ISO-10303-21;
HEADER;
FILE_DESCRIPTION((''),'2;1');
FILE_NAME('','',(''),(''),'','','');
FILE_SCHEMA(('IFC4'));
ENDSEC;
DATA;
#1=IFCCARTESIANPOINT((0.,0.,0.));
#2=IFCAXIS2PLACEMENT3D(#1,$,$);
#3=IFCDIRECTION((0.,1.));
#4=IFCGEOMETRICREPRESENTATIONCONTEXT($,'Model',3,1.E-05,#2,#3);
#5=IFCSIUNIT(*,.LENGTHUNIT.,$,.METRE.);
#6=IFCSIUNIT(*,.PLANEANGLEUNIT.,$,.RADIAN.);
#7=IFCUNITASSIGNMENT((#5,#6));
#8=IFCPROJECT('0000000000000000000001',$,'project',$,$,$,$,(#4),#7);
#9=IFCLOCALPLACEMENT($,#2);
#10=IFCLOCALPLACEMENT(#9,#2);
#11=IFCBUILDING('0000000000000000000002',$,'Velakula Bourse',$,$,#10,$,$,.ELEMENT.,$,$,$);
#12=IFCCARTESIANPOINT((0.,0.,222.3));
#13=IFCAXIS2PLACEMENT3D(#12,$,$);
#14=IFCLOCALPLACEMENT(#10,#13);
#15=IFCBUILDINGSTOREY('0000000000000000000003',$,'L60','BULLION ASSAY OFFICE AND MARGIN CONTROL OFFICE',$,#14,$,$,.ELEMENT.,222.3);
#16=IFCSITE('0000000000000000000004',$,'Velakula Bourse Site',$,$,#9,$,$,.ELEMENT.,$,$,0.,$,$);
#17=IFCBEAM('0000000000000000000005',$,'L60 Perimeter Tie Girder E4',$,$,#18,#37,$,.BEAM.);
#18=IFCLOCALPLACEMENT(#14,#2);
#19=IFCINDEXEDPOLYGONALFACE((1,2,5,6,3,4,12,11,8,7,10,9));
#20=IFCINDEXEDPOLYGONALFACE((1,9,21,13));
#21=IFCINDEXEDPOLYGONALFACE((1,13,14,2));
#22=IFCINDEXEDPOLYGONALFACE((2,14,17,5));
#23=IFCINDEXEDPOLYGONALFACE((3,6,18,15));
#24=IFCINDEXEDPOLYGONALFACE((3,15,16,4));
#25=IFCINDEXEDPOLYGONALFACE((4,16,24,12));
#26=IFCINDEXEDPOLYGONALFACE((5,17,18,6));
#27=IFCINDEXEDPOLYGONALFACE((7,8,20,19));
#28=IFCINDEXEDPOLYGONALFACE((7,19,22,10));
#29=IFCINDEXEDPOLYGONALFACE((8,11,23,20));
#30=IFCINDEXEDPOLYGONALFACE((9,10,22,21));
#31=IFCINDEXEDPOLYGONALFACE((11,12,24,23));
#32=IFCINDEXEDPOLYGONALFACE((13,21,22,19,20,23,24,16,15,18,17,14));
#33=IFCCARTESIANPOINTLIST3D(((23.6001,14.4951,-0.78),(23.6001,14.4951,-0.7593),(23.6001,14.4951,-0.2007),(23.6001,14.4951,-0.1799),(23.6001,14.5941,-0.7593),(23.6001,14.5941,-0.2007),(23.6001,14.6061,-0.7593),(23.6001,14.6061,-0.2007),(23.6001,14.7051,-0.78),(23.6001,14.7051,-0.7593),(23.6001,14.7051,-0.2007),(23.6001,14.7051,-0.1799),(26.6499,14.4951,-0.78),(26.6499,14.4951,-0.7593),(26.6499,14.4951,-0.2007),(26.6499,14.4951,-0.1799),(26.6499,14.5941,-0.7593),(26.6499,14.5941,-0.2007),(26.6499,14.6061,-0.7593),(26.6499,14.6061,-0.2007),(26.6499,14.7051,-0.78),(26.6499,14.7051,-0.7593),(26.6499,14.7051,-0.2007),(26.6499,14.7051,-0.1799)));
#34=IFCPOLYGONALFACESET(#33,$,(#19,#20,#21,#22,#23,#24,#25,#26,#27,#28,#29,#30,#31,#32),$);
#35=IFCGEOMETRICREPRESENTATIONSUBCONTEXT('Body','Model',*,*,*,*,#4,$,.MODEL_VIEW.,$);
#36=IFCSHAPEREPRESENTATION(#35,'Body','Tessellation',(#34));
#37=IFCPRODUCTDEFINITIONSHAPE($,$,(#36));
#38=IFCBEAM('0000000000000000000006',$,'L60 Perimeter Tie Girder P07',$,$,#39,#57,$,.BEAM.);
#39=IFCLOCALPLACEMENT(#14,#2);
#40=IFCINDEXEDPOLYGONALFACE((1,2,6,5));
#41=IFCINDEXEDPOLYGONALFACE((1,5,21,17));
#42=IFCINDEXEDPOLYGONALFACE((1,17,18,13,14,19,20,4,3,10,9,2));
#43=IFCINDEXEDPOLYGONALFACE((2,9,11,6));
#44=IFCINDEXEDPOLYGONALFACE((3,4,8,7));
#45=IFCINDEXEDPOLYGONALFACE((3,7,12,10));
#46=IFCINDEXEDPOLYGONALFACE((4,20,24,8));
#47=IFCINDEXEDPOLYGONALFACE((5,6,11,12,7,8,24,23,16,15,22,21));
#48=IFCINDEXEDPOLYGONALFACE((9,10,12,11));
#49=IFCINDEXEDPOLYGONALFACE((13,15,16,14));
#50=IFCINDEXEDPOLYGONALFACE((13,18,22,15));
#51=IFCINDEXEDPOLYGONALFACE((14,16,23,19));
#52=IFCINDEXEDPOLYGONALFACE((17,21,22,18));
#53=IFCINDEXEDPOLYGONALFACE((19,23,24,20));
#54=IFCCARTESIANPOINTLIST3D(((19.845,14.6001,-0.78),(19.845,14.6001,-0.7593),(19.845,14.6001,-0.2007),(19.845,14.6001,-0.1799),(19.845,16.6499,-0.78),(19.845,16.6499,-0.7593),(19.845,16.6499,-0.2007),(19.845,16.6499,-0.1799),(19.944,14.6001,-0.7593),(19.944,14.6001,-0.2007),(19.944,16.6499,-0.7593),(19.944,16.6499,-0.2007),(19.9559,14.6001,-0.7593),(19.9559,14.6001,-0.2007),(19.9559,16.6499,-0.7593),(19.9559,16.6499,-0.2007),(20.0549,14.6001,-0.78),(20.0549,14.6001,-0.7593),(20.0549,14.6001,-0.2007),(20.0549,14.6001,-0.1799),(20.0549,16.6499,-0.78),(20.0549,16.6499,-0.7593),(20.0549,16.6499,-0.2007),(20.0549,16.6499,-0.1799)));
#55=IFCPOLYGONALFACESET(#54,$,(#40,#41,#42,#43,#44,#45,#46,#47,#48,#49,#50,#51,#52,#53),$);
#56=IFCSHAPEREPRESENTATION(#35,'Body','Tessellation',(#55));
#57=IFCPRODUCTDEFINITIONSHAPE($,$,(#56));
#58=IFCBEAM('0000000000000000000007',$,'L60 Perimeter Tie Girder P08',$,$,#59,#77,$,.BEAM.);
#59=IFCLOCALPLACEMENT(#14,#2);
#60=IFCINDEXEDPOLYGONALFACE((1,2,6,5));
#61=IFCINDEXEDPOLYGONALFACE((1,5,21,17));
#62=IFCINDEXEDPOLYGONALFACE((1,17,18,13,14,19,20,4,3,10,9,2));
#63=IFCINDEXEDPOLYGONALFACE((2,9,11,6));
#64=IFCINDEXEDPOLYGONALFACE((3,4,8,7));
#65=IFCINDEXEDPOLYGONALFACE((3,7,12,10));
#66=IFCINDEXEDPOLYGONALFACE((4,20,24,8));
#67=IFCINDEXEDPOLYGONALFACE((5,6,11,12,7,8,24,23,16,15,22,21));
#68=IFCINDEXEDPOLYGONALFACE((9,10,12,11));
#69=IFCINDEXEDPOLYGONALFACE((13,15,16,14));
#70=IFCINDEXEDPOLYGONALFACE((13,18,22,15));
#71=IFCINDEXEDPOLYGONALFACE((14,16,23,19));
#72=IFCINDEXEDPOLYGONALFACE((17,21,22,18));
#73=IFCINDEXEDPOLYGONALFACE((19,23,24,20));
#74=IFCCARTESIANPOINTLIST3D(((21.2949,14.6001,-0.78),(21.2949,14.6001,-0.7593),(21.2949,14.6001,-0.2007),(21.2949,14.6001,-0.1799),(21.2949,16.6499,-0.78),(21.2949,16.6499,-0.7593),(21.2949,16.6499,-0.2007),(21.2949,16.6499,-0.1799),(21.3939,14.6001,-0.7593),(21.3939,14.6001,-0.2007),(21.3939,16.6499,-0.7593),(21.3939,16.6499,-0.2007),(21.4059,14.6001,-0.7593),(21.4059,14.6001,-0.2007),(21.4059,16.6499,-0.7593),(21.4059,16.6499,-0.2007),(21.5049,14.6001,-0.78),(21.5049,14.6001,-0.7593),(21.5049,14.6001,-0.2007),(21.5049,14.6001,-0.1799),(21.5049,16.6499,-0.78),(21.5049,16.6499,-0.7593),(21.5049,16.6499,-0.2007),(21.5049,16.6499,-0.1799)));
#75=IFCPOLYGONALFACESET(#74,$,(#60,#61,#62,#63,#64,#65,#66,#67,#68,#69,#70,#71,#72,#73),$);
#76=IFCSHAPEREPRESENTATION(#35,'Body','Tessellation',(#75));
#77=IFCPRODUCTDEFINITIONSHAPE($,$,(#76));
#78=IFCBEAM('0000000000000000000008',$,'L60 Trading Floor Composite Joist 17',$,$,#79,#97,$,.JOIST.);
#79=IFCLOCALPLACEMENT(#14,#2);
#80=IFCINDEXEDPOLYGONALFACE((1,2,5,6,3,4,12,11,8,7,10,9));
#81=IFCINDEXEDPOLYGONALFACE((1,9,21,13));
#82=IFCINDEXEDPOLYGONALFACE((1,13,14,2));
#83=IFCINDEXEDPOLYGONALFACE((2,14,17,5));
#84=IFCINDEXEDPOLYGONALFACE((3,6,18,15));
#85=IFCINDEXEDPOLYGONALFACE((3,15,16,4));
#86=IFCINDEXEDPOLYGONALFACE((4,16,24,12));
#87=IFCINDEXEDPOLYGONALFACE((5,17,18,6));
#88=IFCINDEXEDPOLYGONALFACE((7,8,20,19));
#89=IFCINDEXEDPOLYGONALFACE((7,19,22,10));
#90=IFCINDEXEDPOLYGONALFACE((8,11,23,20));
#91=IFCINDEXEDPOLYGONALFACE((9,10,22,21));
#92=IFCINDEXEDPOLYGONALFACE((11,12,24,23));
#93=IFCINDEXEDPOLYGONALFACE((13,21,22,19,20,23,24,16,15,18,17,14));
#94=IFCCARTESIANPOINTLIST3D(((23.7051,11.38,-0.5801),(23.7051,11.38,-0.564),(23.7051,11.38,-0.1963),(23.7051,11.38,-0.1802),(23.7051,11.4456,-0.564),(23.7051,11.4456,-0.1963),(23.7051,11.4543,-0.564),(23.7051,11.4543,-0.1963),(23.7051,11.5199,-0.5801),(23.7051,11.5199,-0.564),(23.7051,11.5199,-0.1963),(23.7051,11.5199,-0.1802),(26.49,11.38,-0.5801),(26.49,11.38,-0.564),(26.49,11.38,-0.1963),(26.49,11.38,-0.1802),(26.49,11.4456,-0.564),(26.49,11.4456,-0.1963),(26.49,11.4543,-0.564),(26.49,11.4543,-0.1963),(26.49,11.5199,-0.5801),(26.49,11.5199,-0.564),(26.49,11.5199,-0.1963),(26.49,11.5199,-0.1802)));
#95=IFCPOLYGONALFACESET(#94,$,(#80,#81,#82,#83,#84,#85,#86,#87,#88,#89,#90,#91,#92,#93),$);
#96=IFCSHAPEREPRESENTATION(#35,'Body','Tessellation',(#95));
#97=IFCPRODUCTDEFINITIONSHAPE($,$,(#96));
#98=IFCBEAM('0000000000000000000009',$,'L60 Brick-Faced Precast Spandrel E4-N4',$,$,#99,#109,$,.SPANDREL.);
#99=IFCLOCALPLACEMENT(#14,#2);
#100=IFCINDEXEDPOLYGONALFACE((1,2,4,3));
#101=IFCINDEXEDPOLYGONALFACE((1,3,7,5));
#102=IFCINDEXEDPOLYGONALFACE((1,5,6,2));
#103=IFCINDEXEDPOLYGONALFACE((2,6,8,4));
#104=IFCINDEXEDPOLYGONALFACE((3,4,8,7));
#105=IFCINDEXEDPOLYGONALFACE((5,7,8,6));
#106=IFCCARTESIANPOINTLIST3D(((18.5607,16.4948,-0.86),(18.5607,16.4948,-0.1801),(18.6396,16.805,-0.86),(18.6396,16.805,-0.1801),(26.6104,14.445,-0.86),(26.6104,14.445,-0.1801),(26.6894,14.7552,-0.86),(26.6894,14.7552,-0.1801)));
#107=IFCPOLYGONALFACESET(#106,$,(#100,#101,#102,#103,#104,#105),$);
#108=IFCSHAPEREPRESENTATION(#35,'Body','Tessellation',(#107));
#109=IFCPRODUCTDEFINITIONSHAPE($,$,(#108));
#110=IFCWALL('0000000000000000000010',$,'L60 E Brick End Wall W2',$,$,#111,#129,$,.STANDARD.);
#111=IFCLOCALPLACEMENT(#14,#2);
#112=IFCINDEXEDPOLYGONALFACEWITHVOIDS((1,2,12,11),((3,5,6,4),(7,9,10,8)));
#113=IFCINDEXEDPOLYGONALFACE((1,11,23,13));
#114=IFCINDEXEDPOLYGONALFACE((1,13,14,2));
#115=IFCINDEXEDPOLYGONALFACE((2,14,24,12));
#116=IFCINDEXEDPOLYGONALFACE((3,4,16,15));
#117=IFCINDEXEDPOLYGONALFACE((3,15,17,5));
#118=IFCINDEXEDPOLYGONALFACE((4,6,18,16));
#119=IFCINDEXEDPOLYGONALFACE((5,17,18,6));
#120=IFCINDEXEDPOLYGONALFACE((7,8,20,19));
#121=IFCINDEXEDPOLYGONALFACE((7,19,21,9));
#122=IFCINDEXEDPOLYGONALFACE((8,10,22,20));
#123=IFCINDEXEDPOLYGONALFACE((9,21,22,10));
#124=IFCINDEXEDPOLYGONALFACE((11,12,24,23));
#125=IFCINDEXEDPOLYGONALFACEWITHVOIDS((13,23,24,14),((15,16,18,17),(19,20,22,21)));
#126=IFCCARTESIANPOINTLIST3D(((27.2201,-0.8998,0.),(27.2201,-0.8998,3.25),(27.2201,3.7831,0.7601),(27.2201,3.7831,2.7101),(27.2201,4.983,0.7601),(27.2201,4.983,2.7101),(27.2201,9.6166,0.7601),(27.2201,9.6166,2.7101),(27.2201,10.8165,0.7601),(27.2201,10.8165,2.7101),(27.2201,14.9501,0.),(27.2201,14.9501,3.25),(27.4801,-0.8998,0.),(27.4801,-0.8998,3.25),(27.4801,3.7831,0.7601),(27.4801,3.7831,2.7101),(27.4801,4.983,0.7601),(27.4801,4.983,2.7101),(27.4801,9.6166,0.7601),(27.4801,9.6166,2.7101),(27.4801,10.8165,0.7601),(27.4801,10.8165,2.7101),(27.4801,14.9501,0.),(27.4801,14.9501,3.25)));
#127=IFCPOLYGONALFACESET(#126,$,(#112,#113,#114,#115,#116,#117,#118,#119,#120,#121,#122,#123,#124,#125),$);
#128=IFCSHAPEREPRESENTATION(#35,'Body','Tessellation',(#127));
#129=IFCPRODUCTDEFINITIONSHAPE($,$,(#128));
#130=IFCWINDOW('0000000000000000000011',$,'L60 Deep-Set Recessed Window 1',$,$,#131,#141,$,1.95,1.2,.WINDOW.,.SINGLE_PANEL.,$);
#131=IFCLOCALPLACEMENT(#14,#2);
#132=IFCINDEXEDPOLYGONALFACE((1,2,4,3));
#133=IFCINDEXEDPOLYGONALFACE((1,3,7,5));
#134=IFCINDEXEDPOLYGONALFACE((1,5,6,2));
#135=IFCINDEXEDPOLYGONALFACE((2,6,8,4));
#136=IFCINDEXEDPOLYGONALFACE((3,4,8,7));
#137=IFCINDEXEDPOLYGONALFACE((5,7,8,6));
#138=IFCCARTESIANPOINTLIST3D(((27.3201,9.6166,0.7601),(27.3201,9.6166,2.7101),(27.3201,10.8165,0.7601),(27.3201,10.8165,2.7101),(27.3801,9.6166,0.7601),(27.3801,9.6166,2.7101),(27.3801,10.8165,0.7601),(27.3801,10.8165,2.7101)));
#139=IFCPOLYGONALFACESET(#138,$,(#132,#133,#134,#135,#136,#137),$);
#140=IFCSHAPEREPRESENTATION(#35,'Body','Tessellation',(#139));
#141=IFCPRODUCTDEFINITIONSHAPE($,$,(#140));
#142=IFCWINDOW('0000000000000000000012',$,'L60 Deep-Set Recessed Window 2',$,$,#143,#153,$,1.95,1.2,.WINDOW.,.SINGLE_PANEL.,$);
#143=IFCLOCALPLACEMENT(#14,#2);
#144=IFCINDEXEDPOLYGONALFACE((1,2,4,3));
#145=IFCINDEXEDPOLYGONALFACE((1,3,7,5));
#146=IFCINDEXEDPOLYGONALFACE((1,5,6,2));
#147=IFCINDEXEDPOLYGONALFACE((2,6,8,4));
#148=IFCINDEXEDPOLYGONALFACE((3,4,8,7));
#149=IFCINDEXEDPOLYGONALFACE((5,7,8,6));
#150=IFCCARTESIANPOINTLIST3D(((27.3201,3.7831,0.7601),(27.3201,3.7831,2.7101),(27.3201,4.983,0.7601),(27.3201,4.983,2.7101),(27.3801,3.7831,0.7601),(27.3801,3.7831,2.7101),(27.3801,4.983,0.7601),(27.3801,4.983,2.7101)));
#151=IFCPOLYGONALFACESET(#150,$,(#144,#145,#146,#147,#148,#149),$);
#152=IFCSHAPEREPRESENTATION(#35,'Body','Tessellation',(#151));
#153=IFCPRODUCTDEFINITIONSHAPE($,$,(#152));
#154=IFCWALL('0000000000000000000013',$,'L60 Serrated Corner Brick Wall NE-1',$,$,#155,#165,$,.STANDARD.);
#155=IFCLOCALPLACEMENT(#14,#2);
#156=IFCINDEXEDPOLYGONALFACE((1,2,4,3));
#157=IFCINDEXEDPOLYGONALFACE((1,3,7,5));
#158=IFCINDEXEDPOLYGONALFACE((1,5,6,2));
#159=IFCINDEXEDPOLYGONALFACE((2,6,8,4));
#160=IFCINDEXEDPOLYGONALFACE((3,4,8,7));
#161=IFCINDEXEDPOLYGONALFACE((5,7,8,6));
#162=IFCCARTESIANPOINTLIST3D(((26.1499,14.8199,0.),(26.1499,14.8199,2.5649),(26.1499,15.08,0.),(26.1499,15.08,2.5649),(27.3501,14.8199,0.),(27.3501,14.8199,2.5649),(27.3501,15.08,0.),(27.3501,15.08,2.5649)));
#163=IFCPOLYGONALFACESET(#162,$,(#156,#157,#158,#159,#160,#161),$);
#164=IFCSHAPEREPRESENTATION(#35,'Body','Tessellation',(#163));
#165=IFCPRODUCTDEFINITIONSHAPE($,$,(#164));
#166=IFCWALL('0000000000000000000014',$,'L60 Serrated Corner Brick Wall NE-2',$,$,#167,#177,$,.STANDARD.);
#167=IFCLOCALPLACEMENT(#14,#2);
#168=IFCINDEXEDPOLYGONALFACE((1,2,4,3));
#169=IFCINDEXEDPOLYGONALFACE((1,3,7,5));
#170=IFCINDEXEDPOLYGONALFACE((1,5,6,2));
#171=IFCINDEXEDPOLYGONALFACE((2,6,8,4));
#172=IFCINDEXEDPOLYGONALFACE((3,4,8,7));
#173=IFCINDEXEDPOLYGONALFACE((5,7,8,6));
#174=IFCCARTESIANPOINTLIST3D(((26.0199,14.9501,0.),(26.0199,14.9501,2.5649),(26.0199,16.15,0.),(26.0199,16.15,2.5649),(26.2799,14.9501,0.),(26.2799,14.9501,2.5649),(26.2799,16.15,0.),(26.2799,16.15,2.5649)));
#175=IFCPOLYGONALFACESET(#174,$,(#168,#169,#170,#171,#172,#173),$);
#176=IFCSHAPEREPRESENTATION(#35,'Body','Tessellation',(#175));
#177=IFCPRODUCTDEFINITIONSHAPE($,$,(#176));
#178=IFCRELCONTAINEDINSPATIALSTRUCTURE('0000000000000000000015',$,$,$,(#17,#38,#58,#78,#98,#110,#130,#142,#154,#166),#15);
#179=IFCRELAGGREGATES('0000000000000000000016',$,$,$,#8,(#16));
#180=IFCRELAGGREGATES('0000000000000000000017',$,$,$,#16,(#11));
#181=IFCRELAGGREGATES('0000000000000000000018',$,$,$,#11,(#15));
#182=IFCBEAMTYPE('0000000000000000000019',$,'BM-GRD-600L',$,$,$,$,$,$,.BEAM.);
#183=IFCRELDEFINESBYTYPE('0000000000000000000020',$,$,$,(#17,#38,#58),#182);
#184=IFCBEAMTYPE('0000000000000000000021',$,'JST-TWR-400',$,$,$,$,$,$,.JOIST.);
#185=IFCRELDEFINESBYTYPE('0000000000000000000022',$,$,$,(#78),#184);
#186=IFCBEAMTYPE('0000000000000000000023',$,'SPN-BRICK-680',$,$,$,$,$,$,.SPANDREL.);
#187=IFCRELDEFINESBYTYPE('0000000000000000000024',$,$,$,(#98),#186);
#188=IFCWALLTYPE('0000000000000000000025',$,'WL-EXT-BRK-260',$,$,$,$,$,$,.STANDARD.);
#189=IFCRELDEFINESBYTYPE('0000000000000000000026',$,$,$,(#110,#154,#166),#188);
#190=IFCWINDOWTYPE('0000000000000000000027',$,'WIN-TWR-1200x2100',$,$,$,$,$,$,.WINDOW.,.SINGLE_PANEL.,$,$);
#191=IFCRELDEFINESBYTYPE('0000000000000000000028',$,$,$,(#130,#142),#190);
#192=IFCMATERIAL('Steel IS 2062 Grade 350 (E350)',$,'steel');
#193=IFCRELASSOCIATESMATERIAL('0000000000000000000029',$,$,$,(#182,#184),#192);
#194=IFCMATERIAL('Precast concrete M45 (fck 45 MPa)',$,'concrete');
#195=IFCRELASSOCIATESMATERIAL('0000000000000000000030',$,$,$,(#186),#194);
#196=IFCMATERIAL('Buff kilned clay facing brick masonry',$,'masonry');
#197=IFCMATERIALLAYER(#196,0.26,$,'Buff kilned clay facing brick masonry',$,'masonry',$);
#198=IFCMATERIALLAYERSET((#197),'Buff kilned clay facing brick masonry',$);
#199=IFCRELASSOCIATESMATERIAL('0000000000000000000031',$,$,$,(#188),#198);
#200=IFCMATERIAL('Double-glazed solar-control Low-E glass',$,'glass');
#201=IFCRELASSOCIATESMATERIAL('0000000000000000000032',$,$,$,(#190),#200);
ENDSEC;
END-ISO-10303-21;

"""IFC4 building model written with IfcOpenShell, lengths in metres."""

from ifc_helpers import new_model, si_unit, direction, frame, frame_2d, origin, origin_2d, place, context, subcontext, project, spatial, rectangle, i_section, extrude, material, layer, layer_set, material_profile, profile_set, type_object, element, fill, save


model = new_model("IFC4")

# Units and contexts
model_context = context("Model", 3, precision=1e-05, world=origin(), true_north=direction((0.0, 1.0)))
body_context = subcontext(model_context, "Body", "Model", "MODEL_VIEW")
ifc_project = project(units=[si_unit("LENGTHUNIT", "METRE"), si_unit("PLANEANGLEUNIT", "RADIAN")], contexts=[model_context])

# Site, building, storey
site_placement = place(None, origin())
site = spatial("IfcSite", under=ifc_project, at=site_placement, Name="Velakula Bourse Site", CompositionType="ELEMENT", RefElevation=0.0)
building_placement = place(site_placement, origin())
building = spatial("IfcBuilding", under=site, at=building_placement, Name="Velakula Bourse", CompositionType="ELEMENT")
storey_placement = place(building_placement, frame((0.0, 0.0, 222.3)))
storey = spatial("IfcBuildingStorey", under=building, at=storey_placement, Name="L60", Description="BULLION ASSAY OFFICE AND MARGIN CONTROL OFFICE", CompositionType="ELEMENT", Elevation=222.3)

# Shared definitions
ifc_material_1 = material(Name="Steel IS 2062 Grade 350 (E350)", Category="steel")
ifc_material_2 = material(Name="Precast concrete M45 (fck 45 MPa)", Category="concrete")

# Beams
ifc_material_profile_1 = material_profile(ifc_material_1, i_section(OverallWidth=0.21, OverallDepth=0.6001, WebThickness=0.012, FlangeThickness=0.0208, at=origin_2d()), Name="Steel IS 2062 Grade 350 (E350)")
ifc_profile_set_1 = profile_set([ifc_material_profile_1], Name="Steel IS 2062 Grade 350 (E350)")
beam_type_1 = type_object("IfcBeamType", Name="BM-GRD-600L", PredefinedType="BEAM", material=ifc_profile_set_1)
beam_1_placement = place(storey_placement, frame((23.6001, 14.6001, -0.48), z_axis=(1.0, 0.0, 0.0), x_axis=(0.0, 1.0, 0.0)))
element("IfcBeam", 1, at=beam_1_placement, inside=storey, type_object=beam_type_1, Name="L60 Perimeter Tie Girder E4", PredefinedType="BEAM", context=body_context, shape_type="SweptSolid", body=[
    extrude(i_section(OverallWidth=0.21, OverallDepth=0.6001, WebThickness=0.012, FlangeThickness=0.0208, at=origin_2d()), origin(), (0.0, 0.0, 1.0), 3.0498),
])
for number, where, z_axis, x_axis, name in (
    (2, (19.95, 14.6001, -0.48), (0.0, 1.0, 0.0), (-1.0, 0.0, 0.0), "L60 Perimeter Tie Girder P07"),
    (3, (21.3999, 14.6001, -0.48), (0.0, 1.0, 0.0), (-1.0, 0.0, 0.0), "L60 Perimeter Tie Girder P08"),
):
    element("IfcBeam", number, at=place(storey_placement, frame(where, z_axis=z_axis, x_axis=x_axis)), inside=storey, type_object=beam_type_1, Name=name, PredefinedType="BEAM", context=body_context, shape_type="SweptSolid", body=[
        extrude(i_section(OverallWidth=0.21, OverallDepth=0.6001, WebThickness=0.012, FlangeThickness=0.0208, at=origin_2d()), origin(), (0.0, 0.0, 1.0), 2.0498),
    ])
ifc_material_profile_2 = material_profile(ifc_material_1, i_section(OverallWidth=0.1399, OverallDepth=0.3999, WebThickness=0.0088, FlangeThickness=0.0161, at=origin_2d()), Name="Steel IS 2062 Grade 350 (E350)")
ifc_profile_set_2 = profile_set([ifc_material_profile_2], Name="Steel IS 2062 Grade 350 (E350)")
beam_type_2 = type_object("IfcBeamType", Name="JST-TWR-400", PredefinedType="JOIST", material=ifc_profile_set_2)
beam_2_placement = place(storey_placement, frame((23.7051, 11.45, -0.3801), z_axis=(1.0, 0.0, 0.0), x_axis=(0.0, 1.0, 0.0)))
element("IfcBeam", 4, at=beam_2_placement, inside=storey, type_object=beam_type_2, Name="L60 Trading Floor Composite Joist 17", PredefinedType="JOIST", context=body_context, shape_type="SweptSolid", body=[
    extrude(i_section(OverallWidth=0.1399, OverallDepth=0.3999, WebThickness=0.0088, FlangeThickness=0.0161, at=origin_2d()), origin(), (0.0, 0.0, 1.0), 2.7849),
])
ifc_material_profile_3 = material_profile(ifc_material_2, rectangle(XDim=0.3201, YDim=0.6799, at=origin_2d()), Name="Precast concrete M45 (fck 45 MPa)")
ifc_profile_set_3 = profile_set([ifc_material_profile_3], Name="Precast concrete M45 (fck 45 MPa)")
beam_type_3 = type_object("IfcBeamType", Name="SPN-BRICK-680", PredefinedType="SPANDREL", material=ifc_profile_set_3)
beam_3_placement = place(storey_placement, frame((26.6499, 14.6001, -0.52), z_axis=(-0.969075, 0.246766, 0.0), x_axis=(-0.246766, -0.969075, 0.0)))
element("IfcBeam", 5, at=beam_3_placement, inside=storey, type_object=beam_type_3, Name="L60 Brick-Faced Precast Spandrel E4-N4", PredefinedType="SPANDREL", context=body_context, shape_type="SweptSolid", body=[
    extrude(rectangle(XDim=0.3201, YDim=0.6799, at=origin_2d()), origin(), (0.0, 0.0, 1.0), 8.3066),
])

# Wall, openings, windows
ifc_material_3 = material(Name="Buff kilned clay facing brick masonry", Category="masonry")
ifc_layer = layer(ifc_material_3, 0.26, Name="Buff kilned clay facing brick masonry", Category="masonry")
ifc_layer_set = layer_set([ifc_layer], Name="Buff kilned clay facing brick masonry")
wall_type = type_object("IfcWallType", Name="WL-EXT-BRK-260", PredefinedType="STANDARD", material=ifc_layer_set)
wall_1_placement = place(storey_placement, frame((27.3501, 14.95, 0.0), z_axis=(0.0, 0.0, 1.0), x_axis=(0.0, -1.0, 0.0)))
wall_1 = element("IfcWall", 6, at=wall_1_placement, inside=storey, type_object=wall_type, Name="L60 E Brick End Wall W2", PredefinedType="STANDARD", context=body_context, shape_type="SweptSolid", body=[
    extrude(rectangle(XDim=15.8499, YDim=0.26, at=frame_2d((7.9248, 0.0))), origin(), (0.0, 0.0, 1.0), 3.25),
])
opening_1_placement = place(wall_1_placement, frame((4.1333, 0.0, 0.76)))
opening_1 = element("IfcOpeningElement", 7, at=opening_1_placement, cuts=wall_1, PredefinedType="OPENING", context=body_context, shape_type="SweptSolid", body=[
    extrude(rectangle(XDim=1.2, YDim=1.95, at=frame_2d((0.6001, 0.9751))), frame((0.0, 0.1399, 0.0), z_axis=(0.0, -1.0, 0.0), x_axis=(1.0, 0.0, 0.0)), (0.0, 0.0, 1.0), 0.28),
])
opening_2_placement = place(wall_1_placement, frame((9.9668, 0.0, 0.76)))
opening_2 = element("IfcOpeningElement", 8, at=opening_2_placement, cuts=wall_1, PredefinedType="OPENING", context=body_context, shape_type="SweptSolid", body=[
    extrude(rectangle(XDim=1.2, YDim=1.95, at=frame_2d((0.6001, 0.9751))), frame((0.0, 0.1399, 0.0), z_axis=(0.0, -1.0, 0.0), x_axis=(1.0, 0.0, 0.0)), (0.0, 0.0, 1.0), 0.28),
])
ifc_material_4 = material(Name="Double-glazed solar-control Low-E glass", Category="glass")
window_type = type_object("IfcWindowType", Name="WIN-TWR-1200x2100", PartitioningType="SINGLE_PANEL", PredefinedType="WINDOW", material=ifc_material_4)
window_1_placement = place(opening_1_placement, origin())
window_1 = element("IfcWindow", 9, at=window_1_placement, inside=storey, type_object=window_type, Name="L60 Deep-Set Recessed Window 1", OverallHeight=1.95, OverallWidth=1.2, PartitioningType="SINGLE_PANEL", PredefinedType="WINDOW", context=body_context, shape_type="SweptSolid", body=[
    extrude(rectangle(XDim=1.2, YDim=1.95, at=frame_2d((0.6001, 0.9751))), frame((0.0, 0.03, 0.0), z_axis=(0.0, -1.0, 0.0), x_axis=(1.0, 0.0, 0.0)), (0.0, 0.0, 1.0), 0.0601),
])
fill(opening_1, window_1)
window_2_placement = place(opening_2_placement, origin())
window_2 = element("IfcWindow", 10, at=window_2_placement, inside=storey, type_object=window_type, Name="L60 Deep-Set Recessed Window 2", OverallHeight=1.95, OverallWidth=1.2, PartitioningType="SINGLE_PANEL", PredefinedType="WINDOW", context=body_context, shape_type="SweptSolid", body=[
    extrude(rectangle(XDim=1.2, YDim=1.95, at=frame_2d((0.6001, 0.9751))), frame((0.0, 0.03, 0.0), z_axis=(0.0, -1.0, 0.0), x_axis=(1.0, 0.0, 0.0)), (0.0, 0.0, 1.0), 0.0601),
])
fill(opening_2, window_2)

# Walls
wall_2_placement = place(storey_placement, frame((27.3501, 14.95, 0.0), z_axis=(0.0, 0.0, 1.0), x_axis=(-1.0, 0.0, 0.0)))
element("IfcWall", 11, at=wall_2_placement, inside=storey, type_object=wall_type, Name="L60 Serrated Corner Brick Wall NE-1", PredefinedType="STANDARD", context=body_context, shape_type="SweptSolid", body=[
    extrude(rectangle(XDim=1.2002, YDim=0.26, at=frame_2d((0.6001, 0.0))), origin(), (0.0, 0.0, 1.0), 2.5649),
])
for number, where, z_axis, x_axis, name in (
    (12, (26.1499, 14.95, 0.0), (0.0, 0.0, 1.0), (0.0, 1.0, 0.0), "L60 Serrated Corner Brick Wall NE-2"),
):
    element("IfcWall", number, at=place(storey_placement, frame(where, z_axis=z_axis, x_axis=x_axis)), inside=storey, type_object=wall_type, Name=name, PredefinedType="STANDARD", context=body_context, shape_type="SweptSolid", body=[
        extrude(rectangle(XDim=1.2, YDim=0.26, at=frame_2d((0.6001, 0.0))), origin(), (0.0, 0.0, 1.0), 2.5649),
    ])

save(model, "model.ifc")
